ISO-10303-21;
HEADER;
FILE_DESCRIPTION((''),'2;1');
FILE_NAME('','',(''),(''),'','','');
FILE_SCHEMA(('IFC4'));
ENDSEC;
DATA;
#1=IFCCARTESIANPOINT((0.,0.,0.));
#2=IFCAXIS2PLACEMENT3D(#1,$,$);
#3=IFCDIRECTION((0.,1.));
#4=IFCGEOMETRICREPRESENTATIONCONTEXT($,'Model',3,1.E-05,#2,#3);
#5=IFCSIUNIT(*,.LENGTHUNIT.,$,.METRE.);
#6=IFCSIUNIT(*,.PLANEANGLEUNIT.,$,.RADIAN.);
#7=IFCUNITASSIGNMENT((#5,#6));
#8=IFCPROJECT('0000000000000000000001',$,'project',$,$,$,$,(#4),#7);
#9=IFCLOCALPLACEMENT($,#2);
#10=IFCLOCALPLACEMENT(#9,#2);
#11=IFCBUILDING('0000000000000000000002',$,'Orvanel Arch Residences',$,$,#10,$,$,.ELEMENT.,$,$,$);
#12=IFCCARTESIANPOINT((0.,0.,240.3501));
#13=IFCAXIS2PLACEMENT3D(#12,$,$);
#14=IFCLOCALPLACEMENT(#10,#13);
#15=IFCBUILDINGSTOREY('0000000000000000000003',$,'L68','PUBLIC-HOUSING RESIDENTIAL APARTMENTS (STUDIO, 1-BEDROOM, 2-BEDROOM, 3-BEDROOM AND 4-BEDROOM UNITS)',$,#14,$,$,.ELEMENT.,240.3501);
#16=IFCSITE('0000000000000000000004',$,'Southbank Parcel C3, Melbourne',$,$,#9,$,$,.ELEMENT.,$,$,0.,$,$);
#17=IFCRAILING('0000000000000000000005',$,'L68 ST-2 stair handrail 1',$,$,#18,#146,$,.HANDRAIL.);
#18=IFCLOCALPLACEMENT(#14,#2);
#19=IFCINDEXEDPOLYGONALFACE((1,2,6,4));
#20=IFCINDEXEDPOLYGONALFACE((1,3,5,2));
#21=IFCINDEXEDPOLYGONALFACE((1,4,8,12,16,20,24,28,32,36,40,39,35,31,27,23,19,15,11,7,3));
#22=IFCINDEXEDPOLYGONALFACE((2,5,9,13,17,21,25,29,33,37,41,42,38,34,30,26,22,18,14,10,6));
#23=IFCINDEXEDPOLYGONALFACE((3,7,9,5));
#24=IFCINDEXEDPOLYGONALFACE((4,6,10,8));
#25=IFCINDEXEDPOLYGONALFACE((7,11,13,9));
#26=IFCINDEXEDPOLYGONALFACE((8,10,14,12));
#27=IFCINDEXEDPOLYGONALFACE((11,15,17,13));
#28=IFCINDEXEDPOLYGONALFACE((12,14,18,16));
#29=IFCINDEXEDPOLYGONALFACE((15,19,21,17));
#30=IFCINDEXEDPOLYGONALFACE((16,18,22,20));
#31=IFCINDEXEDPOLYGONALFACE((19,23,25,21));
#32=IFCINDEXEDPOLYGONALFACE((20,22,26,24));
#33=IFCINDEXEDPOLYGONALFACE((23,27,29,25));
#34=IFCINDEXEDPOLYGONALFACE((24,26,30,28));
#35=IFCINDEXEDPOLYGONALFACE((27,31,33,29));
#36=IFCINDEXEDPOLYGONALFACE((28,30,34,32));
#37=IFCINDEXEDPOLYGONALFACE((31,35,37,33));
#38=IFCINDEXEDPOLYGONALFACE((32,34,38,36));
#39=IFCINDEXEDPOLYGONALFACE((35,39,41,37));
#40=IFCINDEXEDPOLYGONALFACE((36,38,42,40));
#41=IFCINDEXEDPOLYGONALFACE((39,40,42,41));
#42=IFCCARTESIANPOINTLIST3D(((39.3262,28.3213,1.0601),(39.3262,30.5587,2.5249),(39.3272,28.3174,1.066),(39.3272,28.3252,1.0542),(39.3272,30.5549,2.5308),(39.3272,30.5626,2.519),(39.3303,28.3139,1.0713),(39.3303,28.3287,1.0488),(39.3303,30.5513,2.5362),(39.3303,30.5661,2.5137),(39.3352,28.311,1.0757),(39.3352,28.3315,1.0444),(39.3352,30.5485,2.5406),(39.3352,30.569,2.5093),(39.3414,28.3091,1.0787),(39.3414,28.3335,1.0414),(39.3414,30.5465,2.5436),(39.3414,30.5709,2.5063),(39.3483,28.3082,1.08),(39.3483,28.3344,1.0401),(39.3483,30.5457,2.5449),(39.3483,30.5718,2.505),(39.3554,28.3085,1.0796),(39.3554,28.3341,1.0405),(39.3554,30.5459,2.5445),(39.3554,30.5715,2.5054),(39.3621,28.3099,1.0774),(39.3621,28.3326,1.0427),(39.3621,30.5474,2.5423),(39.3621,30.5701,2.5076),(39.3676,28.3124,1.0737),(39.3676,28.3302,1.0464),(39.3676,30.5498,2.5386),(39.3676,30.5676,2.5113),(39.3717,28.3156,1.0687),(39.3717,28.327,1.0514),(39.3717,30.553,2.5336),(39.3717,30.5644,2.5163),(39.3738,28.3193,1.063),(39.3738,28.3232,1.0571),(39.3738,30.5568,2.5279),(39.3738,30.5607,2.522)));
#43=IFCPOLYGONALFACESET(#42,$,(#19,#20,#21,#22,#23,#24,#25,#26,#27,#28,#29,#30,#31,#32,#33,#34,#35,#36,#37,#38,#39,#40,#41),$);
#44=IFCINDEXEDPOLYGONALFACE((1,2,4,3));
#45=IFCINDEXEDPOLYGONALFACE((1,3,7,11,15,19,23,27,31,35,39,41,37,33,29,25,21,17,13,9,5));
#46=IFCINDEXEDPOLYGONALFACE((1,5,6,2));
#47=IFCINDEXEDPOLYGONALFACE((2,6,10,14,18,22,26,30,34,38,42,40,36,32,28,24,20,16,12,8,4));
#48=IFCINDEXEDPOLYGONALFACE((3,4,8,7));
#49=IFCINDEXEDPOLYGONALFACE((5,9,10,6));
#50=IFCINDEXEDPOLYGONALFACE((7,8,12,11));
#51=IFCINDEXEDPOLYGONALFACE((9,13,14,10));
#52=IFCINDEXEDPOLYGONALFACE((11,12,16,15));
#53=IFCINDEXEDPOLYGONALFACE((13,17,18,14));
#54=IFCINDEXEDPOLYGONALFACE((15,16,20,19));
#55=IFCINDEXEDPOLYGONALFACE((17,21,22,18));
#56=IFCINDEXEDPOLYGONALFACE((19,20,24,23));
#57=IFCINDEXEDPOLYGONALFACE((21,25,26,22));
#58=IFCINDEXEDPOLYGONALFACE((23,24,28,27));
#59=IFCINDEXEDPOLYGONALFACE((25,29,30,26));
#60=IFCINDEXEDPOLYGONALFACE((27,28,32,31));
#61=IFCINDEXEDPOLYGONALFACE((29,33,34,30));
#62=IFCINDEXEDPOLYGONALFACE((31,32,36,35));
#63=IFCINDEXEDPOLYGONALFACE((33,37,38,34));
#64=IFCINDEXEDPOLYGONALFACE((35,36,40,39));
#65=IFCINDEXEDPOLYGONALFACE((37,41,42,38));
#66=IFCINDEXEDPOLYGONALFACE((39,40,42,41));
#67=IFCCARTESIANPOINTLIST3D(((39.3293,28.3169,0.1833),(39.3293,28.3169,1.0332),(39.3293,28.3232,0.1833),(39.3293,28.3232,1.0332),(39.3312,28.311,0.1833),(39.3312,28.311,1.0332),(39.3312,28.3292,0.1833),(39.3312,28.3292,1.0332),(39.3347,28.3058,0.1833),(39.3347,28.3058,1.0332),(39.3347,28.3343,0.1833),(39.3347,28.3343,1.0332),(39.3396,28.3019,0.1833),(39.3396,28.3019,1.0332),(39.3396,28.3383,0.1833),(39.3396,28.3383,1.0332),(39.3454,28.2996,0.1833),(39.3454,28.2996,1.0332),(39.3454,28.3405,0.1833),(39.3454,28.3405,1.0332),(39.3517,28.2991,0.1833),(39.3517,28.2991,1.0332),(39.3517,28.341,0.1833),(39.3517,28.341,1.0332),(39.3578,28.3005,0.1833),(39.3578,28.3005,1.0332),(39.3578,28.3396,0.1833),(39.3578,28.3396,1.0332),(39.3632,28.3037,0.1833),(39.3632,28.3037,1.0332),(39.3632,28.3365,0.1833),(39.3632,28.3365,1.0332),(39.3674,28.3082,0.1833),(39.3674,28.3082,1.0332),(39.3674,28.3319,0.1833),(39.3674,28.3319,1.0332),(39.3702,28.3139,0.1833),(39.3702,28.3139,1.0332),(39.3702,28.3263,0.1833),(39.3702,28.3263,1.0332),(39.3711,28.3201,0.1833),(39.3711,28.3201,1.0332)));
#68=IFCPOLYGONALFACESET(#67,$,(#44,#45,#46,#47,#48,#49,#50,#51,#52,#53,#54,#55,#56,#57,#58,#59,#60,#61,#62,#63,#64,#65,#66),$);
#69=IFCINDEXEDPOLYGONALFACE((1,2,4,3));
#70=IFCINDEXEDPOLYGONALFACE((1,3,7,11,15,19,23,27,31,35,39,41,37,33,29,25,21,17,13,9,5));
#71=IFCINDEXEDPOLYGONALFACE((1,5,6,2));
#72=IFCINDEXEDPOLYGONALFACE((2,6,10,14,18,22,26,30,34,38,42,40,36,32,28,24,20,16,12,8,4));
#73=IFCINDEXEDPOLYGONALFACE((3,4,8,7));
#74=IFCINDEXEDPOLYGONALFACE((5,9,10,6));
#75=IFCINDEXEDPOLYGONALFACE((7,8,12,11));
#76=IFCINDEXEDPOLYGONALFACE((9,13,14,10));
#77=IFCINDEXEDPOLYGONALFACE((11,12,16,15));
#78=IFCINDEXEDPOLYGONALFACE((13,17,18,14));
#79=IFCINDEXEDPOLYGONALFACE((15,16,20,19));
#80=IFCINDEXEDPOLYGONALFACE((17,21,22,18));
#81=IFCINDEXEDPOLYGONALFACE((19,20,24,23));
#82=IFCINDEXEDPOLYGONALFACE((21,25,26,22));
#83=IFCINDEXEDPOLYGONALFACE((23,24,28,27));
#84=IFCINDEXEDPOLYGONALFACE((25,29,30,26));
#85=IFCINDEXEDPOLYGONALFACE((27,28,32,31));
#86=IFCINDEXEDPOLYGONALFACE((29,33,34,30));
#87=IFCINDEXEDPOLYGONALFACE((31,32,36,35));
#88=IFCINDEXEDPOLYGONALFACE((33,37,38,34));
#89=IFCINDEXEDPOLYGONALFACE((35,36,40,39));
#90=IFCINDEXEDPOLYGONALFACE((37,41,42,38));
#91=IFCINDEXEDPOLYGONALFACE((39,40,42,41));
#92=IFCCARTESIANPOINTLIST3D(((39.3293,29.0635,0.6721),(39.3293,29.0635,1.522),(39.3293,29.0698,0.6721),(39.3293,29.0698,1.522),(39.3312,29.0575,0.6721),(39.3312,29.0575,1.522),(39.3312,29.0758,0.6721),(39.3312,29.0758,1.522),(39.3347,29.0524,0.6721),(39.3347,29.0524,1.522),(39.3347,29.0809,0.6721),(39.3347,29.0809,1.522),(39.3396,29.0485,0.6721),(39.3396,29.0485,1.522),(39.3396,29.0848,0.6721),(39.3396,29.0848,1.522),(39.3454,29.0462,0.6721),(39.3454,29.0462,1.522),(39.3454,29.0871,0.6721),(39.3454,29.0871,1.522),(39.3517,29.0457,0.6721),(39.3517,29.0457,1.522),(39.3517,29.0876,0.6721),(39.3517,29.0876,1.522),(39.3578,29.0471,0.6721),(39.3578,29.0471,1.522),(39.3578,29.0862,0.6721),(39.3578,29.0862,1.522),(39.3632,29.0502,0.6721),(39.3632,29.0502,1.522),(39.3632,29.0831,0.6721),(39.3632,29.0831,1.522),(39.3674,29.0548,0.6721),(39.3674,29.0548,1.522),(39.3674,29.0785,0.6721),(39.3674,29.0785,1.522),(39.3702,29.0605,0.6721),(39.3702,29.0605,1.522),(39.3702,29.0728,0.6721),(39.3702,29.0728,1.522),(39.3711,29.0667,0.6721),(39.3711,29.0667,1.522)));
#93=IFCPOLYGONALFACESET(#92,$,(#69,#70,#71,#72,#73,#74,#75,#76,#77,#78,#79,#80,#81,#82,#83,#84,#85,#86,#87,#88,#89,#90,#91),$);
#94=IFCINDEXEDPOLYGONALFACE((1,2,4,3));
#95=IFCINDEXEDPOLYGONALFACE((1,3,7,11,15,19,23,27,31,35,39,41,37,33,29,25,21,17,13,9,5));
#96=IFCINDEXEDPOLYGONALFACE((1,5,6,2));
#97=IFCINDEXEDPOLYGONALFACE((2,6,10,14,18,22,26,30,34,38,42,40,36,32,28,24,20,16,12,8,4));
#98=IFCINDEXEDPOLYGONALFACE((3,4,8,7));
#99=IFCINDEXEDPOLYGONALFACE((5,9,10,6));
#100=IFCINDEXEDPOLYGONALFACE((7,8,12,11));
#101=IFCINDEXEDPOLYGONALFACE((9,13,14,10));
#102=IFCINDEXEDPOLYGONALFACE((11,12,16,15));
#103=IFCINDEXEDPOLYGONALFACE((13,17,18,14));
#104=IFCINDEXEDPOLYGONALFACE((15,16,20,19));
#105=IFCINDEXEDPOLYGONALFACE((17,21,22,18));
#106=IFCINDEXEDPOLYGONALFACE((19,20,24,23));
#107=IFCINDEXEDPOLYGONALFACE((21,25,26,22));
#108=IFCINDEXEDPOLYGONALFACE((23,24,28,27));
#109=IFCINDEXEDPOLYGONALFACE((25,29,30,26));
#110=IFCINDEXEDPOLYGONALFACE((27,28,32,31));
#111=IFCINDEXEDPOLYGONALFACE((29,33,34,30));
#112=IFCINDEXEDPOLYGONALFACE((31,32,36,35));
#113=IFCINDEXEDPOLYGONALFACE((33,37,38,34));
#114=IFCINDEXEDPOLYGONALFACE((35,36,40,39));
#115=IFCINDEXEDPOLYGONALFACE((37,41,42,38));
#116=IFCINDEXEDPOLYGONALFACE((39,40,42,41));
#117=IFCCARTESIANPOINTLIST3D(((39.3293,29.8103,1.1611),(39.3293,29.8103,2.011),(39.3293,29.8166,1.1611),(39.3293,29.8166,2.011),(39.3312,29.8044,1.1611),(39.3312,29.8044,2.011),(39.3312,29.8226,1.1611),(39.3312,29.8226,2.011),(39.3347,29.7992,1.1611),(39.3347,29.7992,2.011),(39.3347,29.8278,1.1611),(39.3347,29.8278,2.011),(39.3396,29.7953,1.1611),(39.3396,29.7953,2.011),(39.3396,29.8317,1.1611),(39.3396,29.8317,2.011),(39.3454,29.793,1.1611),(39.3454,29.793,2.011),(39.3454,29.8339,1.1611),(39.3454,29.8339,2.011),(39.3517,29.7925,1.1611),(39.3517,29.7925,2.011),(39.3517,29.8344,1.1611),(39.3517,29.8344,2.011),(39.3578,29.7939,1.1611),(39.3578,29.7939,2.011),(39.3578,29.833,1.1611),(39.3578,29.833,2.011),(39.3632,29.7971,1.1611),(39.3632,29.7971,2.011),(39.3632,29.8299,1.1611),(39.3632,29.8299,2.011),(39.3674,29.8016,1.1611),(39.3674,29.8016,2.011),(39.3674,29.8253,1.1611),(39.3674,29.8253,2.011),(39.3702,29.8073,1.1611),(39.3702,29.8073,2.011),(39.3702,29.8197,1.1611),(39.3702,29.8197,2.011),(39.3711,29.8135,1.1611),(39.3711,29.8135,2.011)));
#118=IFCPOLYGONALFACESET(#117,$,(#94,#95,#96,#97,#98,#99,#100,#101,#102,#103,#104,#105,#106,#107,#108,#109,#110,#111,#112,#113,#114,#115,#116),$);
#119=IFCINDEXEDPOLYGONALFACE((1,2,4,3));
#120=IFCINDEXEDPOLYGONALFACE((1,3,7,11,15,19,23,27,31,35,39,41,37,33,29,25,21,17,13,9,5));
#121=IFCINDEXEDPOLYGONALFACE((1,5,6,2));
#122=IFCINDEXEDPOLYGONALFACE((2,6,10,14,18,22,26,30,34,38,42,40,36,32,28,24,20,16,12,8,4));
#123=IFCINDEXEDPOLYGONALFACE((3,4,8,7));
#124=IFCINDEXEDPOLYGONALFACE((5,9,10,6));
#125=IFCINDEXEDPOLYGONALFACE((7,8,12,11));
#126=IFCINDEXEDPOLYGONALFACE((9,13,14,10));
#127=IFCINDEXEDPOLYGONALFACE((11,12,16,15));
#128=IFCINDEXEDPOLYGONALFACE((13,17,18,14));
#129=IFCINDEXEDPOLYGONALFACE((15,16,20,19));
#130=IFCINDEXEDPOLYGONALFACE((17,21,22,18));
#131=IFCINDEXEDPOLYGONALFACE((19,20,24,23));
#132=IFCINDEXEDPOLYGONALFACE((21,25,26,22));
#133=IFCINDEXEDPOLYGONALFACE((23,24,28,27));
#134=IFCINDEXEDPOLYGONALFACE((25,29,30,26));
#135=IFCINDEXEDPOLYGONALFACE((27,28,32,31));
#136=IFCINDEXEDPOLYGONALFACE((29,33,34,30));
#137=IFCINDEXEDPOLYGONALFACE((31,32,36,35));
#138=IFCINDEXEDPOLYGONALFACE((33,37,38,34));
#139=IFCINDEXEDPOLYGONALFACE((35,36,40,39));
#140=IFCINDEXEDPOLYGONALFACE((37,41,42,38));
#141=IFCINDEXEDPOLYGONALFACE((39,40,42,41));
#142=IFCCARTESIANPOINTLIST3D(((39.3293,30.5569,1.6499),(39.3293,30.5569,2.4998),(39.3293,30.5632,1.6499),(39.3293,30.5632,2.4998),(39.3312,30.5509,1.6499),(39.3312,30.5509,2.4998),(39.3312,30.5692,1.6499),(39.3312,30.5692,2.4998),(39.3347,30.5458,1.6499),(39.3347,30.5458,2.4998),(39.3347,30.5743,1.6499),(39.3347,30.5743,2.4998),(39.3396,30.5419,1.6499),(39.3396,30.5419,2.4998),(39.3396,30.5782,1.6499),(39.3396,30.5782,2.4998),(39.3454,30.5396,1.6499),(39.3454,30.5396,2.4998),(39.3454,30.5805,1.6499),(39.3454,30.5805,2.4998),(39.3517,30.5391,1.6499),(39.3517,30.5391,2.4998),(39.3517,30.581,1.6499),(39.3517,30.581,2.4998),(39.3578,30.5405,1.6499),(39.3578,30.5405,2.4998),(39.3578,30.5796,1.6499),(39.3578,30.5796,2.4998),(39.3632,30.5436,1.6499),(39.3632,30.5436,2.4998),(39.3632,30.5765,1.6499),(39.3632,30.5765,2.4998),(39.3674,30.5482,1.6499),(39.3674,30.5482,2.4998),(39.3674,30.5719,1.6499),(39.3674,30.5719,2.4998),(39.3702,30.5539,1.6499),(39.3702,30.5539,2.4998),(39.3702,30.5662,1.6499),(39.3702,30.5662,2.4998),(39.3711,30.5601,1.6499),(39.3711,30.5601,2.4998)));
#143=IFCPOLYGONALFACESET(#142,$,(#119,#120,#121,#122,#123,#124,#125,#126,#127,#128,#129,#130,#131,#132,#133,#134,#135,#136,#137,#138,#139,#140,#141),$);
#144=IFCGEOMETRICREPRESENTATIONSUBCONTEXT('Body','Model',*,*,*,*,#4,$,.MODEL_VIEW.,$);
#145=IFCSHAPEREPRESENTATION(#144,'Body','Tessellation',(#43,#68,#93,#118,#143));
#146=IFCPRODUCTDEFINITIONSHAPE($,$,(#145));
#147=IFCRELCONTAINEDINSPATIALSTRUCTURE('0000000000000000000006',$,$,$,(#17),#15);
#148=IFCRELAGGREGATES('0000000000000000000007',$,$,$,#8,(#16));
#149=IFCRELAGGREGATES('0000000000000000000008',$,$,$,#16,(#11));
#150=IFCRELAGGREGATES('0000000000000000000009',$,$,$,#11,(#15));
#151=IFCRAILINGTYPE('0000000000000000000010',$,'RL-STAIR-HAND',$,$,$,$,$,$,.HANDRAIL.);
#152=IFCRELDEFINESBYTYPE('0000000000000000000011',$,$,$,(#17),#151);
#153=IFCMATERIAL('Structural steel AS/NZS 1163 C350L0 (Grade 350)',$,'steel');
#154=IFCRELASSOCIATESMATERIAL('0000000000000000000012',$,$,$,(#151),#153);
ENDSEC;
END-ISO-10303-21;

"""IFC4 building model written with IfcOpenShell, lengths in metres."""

from ifc_helpers import new_model, si_unit, direction, frame, origin, origin_2d, place, context, subcontext, project, spatial, circle, extrude, material, type_object, element, save


model = new_model("IFC4")

# Units and contexts
model_context = context("Model", 3, precision=1e-05, world=origin(), true_north=direction((0.0, 1.0)))
body_context = subcontext(model_context, "Body", "Model", "MODEL_VIEW")
ifc_project = project(units=[si_unit("LENGTHUNIT", "METRE"), si_unit("PLANEANGLEUNIT", "RADIAN")], contexts=[model_context])

# Site, building, storey
site_placement = place(None, origin())
site = spatial("IfcSite", under=ifc_project, at=site_placement, Name="Southbank Parcel C3, Melbourne", CompositionType="ELEMENT", RefElevation=0.0)
building_placement = place(site_placement, origin())
building = spatial("IfcBuilding", under=site, at=building_placement, Name="Orvanel Arch Residences", CompositionType="ELEMENT")
storey_placement = place(building_placement, frame((0.0, 0.0, 240.3501)))
storey = spatial("IfcBuildingStorey", under=building, at=storey_placement, Name="L68", Description="PUBLIC-HOUSING RESIDENTIAL APARTMENTS (STUDIO, 1-BEDROOM, 2-BEDROOM, 3-BEDROOM AND 4-BEDROOM UNITS)", CompositionType="ELEMENT", Elevation=240.3501)

# Railing
ifc_material_1 = material(Name="Structural steel AS/NZS 1163 C350L0 (Grade 350)", Category="steel")
railing_type_1 = type_object("IfcRailingType", Name="RL-STAIR-HAND", PredefinedType="HANDRAIL", material=ifc_material_1)
railing_1_placement = place(storey_placement, frame((39.3501, 28.3201, 0.1833)))
element("IfcRailing", 1, at=railing_1_placement, inside=storey, type_object=railing_type_1, Name="L68 ST-2 stair handrail 1", PredefinedType="HANDRAIL", context=body_context, shape_type="SweptSolid", body=[
    extrude(circle(Radius=0.0239, at=origin_2d()), frame((0.0, 0.0012, 0.8767), z_axis=(0.0, 0.836637, 0.547758), x_axis=(-1.0, 0.0, 0.0)), (0.0, 0.0, 1.0), 2.6743),
    extrude(circle(Radius=0.021, at=origin_2d()), origin(), (0.0, 0.0, 1.0), 0.8499),
    extrude(circle(Radius=0.021, at=origin_2d()), frame((0.0, 0.7466, 0.4888)), (0.0, 0.0, 1.0), 0.8499),
    extrude(circle(Radius=0.021, at=origin_2d()), frame((0.0, 1.4934, 0.9778)), (0.0, 0.0, 1.0), 0.8499),
    extrude(circle(Radius=0.021, at=origin_2d()), frame((0.0, 2.24, 1.4666)), (0.0, 0.0, 1.0), 0.8499),
])

save(model, "model.ifc")
